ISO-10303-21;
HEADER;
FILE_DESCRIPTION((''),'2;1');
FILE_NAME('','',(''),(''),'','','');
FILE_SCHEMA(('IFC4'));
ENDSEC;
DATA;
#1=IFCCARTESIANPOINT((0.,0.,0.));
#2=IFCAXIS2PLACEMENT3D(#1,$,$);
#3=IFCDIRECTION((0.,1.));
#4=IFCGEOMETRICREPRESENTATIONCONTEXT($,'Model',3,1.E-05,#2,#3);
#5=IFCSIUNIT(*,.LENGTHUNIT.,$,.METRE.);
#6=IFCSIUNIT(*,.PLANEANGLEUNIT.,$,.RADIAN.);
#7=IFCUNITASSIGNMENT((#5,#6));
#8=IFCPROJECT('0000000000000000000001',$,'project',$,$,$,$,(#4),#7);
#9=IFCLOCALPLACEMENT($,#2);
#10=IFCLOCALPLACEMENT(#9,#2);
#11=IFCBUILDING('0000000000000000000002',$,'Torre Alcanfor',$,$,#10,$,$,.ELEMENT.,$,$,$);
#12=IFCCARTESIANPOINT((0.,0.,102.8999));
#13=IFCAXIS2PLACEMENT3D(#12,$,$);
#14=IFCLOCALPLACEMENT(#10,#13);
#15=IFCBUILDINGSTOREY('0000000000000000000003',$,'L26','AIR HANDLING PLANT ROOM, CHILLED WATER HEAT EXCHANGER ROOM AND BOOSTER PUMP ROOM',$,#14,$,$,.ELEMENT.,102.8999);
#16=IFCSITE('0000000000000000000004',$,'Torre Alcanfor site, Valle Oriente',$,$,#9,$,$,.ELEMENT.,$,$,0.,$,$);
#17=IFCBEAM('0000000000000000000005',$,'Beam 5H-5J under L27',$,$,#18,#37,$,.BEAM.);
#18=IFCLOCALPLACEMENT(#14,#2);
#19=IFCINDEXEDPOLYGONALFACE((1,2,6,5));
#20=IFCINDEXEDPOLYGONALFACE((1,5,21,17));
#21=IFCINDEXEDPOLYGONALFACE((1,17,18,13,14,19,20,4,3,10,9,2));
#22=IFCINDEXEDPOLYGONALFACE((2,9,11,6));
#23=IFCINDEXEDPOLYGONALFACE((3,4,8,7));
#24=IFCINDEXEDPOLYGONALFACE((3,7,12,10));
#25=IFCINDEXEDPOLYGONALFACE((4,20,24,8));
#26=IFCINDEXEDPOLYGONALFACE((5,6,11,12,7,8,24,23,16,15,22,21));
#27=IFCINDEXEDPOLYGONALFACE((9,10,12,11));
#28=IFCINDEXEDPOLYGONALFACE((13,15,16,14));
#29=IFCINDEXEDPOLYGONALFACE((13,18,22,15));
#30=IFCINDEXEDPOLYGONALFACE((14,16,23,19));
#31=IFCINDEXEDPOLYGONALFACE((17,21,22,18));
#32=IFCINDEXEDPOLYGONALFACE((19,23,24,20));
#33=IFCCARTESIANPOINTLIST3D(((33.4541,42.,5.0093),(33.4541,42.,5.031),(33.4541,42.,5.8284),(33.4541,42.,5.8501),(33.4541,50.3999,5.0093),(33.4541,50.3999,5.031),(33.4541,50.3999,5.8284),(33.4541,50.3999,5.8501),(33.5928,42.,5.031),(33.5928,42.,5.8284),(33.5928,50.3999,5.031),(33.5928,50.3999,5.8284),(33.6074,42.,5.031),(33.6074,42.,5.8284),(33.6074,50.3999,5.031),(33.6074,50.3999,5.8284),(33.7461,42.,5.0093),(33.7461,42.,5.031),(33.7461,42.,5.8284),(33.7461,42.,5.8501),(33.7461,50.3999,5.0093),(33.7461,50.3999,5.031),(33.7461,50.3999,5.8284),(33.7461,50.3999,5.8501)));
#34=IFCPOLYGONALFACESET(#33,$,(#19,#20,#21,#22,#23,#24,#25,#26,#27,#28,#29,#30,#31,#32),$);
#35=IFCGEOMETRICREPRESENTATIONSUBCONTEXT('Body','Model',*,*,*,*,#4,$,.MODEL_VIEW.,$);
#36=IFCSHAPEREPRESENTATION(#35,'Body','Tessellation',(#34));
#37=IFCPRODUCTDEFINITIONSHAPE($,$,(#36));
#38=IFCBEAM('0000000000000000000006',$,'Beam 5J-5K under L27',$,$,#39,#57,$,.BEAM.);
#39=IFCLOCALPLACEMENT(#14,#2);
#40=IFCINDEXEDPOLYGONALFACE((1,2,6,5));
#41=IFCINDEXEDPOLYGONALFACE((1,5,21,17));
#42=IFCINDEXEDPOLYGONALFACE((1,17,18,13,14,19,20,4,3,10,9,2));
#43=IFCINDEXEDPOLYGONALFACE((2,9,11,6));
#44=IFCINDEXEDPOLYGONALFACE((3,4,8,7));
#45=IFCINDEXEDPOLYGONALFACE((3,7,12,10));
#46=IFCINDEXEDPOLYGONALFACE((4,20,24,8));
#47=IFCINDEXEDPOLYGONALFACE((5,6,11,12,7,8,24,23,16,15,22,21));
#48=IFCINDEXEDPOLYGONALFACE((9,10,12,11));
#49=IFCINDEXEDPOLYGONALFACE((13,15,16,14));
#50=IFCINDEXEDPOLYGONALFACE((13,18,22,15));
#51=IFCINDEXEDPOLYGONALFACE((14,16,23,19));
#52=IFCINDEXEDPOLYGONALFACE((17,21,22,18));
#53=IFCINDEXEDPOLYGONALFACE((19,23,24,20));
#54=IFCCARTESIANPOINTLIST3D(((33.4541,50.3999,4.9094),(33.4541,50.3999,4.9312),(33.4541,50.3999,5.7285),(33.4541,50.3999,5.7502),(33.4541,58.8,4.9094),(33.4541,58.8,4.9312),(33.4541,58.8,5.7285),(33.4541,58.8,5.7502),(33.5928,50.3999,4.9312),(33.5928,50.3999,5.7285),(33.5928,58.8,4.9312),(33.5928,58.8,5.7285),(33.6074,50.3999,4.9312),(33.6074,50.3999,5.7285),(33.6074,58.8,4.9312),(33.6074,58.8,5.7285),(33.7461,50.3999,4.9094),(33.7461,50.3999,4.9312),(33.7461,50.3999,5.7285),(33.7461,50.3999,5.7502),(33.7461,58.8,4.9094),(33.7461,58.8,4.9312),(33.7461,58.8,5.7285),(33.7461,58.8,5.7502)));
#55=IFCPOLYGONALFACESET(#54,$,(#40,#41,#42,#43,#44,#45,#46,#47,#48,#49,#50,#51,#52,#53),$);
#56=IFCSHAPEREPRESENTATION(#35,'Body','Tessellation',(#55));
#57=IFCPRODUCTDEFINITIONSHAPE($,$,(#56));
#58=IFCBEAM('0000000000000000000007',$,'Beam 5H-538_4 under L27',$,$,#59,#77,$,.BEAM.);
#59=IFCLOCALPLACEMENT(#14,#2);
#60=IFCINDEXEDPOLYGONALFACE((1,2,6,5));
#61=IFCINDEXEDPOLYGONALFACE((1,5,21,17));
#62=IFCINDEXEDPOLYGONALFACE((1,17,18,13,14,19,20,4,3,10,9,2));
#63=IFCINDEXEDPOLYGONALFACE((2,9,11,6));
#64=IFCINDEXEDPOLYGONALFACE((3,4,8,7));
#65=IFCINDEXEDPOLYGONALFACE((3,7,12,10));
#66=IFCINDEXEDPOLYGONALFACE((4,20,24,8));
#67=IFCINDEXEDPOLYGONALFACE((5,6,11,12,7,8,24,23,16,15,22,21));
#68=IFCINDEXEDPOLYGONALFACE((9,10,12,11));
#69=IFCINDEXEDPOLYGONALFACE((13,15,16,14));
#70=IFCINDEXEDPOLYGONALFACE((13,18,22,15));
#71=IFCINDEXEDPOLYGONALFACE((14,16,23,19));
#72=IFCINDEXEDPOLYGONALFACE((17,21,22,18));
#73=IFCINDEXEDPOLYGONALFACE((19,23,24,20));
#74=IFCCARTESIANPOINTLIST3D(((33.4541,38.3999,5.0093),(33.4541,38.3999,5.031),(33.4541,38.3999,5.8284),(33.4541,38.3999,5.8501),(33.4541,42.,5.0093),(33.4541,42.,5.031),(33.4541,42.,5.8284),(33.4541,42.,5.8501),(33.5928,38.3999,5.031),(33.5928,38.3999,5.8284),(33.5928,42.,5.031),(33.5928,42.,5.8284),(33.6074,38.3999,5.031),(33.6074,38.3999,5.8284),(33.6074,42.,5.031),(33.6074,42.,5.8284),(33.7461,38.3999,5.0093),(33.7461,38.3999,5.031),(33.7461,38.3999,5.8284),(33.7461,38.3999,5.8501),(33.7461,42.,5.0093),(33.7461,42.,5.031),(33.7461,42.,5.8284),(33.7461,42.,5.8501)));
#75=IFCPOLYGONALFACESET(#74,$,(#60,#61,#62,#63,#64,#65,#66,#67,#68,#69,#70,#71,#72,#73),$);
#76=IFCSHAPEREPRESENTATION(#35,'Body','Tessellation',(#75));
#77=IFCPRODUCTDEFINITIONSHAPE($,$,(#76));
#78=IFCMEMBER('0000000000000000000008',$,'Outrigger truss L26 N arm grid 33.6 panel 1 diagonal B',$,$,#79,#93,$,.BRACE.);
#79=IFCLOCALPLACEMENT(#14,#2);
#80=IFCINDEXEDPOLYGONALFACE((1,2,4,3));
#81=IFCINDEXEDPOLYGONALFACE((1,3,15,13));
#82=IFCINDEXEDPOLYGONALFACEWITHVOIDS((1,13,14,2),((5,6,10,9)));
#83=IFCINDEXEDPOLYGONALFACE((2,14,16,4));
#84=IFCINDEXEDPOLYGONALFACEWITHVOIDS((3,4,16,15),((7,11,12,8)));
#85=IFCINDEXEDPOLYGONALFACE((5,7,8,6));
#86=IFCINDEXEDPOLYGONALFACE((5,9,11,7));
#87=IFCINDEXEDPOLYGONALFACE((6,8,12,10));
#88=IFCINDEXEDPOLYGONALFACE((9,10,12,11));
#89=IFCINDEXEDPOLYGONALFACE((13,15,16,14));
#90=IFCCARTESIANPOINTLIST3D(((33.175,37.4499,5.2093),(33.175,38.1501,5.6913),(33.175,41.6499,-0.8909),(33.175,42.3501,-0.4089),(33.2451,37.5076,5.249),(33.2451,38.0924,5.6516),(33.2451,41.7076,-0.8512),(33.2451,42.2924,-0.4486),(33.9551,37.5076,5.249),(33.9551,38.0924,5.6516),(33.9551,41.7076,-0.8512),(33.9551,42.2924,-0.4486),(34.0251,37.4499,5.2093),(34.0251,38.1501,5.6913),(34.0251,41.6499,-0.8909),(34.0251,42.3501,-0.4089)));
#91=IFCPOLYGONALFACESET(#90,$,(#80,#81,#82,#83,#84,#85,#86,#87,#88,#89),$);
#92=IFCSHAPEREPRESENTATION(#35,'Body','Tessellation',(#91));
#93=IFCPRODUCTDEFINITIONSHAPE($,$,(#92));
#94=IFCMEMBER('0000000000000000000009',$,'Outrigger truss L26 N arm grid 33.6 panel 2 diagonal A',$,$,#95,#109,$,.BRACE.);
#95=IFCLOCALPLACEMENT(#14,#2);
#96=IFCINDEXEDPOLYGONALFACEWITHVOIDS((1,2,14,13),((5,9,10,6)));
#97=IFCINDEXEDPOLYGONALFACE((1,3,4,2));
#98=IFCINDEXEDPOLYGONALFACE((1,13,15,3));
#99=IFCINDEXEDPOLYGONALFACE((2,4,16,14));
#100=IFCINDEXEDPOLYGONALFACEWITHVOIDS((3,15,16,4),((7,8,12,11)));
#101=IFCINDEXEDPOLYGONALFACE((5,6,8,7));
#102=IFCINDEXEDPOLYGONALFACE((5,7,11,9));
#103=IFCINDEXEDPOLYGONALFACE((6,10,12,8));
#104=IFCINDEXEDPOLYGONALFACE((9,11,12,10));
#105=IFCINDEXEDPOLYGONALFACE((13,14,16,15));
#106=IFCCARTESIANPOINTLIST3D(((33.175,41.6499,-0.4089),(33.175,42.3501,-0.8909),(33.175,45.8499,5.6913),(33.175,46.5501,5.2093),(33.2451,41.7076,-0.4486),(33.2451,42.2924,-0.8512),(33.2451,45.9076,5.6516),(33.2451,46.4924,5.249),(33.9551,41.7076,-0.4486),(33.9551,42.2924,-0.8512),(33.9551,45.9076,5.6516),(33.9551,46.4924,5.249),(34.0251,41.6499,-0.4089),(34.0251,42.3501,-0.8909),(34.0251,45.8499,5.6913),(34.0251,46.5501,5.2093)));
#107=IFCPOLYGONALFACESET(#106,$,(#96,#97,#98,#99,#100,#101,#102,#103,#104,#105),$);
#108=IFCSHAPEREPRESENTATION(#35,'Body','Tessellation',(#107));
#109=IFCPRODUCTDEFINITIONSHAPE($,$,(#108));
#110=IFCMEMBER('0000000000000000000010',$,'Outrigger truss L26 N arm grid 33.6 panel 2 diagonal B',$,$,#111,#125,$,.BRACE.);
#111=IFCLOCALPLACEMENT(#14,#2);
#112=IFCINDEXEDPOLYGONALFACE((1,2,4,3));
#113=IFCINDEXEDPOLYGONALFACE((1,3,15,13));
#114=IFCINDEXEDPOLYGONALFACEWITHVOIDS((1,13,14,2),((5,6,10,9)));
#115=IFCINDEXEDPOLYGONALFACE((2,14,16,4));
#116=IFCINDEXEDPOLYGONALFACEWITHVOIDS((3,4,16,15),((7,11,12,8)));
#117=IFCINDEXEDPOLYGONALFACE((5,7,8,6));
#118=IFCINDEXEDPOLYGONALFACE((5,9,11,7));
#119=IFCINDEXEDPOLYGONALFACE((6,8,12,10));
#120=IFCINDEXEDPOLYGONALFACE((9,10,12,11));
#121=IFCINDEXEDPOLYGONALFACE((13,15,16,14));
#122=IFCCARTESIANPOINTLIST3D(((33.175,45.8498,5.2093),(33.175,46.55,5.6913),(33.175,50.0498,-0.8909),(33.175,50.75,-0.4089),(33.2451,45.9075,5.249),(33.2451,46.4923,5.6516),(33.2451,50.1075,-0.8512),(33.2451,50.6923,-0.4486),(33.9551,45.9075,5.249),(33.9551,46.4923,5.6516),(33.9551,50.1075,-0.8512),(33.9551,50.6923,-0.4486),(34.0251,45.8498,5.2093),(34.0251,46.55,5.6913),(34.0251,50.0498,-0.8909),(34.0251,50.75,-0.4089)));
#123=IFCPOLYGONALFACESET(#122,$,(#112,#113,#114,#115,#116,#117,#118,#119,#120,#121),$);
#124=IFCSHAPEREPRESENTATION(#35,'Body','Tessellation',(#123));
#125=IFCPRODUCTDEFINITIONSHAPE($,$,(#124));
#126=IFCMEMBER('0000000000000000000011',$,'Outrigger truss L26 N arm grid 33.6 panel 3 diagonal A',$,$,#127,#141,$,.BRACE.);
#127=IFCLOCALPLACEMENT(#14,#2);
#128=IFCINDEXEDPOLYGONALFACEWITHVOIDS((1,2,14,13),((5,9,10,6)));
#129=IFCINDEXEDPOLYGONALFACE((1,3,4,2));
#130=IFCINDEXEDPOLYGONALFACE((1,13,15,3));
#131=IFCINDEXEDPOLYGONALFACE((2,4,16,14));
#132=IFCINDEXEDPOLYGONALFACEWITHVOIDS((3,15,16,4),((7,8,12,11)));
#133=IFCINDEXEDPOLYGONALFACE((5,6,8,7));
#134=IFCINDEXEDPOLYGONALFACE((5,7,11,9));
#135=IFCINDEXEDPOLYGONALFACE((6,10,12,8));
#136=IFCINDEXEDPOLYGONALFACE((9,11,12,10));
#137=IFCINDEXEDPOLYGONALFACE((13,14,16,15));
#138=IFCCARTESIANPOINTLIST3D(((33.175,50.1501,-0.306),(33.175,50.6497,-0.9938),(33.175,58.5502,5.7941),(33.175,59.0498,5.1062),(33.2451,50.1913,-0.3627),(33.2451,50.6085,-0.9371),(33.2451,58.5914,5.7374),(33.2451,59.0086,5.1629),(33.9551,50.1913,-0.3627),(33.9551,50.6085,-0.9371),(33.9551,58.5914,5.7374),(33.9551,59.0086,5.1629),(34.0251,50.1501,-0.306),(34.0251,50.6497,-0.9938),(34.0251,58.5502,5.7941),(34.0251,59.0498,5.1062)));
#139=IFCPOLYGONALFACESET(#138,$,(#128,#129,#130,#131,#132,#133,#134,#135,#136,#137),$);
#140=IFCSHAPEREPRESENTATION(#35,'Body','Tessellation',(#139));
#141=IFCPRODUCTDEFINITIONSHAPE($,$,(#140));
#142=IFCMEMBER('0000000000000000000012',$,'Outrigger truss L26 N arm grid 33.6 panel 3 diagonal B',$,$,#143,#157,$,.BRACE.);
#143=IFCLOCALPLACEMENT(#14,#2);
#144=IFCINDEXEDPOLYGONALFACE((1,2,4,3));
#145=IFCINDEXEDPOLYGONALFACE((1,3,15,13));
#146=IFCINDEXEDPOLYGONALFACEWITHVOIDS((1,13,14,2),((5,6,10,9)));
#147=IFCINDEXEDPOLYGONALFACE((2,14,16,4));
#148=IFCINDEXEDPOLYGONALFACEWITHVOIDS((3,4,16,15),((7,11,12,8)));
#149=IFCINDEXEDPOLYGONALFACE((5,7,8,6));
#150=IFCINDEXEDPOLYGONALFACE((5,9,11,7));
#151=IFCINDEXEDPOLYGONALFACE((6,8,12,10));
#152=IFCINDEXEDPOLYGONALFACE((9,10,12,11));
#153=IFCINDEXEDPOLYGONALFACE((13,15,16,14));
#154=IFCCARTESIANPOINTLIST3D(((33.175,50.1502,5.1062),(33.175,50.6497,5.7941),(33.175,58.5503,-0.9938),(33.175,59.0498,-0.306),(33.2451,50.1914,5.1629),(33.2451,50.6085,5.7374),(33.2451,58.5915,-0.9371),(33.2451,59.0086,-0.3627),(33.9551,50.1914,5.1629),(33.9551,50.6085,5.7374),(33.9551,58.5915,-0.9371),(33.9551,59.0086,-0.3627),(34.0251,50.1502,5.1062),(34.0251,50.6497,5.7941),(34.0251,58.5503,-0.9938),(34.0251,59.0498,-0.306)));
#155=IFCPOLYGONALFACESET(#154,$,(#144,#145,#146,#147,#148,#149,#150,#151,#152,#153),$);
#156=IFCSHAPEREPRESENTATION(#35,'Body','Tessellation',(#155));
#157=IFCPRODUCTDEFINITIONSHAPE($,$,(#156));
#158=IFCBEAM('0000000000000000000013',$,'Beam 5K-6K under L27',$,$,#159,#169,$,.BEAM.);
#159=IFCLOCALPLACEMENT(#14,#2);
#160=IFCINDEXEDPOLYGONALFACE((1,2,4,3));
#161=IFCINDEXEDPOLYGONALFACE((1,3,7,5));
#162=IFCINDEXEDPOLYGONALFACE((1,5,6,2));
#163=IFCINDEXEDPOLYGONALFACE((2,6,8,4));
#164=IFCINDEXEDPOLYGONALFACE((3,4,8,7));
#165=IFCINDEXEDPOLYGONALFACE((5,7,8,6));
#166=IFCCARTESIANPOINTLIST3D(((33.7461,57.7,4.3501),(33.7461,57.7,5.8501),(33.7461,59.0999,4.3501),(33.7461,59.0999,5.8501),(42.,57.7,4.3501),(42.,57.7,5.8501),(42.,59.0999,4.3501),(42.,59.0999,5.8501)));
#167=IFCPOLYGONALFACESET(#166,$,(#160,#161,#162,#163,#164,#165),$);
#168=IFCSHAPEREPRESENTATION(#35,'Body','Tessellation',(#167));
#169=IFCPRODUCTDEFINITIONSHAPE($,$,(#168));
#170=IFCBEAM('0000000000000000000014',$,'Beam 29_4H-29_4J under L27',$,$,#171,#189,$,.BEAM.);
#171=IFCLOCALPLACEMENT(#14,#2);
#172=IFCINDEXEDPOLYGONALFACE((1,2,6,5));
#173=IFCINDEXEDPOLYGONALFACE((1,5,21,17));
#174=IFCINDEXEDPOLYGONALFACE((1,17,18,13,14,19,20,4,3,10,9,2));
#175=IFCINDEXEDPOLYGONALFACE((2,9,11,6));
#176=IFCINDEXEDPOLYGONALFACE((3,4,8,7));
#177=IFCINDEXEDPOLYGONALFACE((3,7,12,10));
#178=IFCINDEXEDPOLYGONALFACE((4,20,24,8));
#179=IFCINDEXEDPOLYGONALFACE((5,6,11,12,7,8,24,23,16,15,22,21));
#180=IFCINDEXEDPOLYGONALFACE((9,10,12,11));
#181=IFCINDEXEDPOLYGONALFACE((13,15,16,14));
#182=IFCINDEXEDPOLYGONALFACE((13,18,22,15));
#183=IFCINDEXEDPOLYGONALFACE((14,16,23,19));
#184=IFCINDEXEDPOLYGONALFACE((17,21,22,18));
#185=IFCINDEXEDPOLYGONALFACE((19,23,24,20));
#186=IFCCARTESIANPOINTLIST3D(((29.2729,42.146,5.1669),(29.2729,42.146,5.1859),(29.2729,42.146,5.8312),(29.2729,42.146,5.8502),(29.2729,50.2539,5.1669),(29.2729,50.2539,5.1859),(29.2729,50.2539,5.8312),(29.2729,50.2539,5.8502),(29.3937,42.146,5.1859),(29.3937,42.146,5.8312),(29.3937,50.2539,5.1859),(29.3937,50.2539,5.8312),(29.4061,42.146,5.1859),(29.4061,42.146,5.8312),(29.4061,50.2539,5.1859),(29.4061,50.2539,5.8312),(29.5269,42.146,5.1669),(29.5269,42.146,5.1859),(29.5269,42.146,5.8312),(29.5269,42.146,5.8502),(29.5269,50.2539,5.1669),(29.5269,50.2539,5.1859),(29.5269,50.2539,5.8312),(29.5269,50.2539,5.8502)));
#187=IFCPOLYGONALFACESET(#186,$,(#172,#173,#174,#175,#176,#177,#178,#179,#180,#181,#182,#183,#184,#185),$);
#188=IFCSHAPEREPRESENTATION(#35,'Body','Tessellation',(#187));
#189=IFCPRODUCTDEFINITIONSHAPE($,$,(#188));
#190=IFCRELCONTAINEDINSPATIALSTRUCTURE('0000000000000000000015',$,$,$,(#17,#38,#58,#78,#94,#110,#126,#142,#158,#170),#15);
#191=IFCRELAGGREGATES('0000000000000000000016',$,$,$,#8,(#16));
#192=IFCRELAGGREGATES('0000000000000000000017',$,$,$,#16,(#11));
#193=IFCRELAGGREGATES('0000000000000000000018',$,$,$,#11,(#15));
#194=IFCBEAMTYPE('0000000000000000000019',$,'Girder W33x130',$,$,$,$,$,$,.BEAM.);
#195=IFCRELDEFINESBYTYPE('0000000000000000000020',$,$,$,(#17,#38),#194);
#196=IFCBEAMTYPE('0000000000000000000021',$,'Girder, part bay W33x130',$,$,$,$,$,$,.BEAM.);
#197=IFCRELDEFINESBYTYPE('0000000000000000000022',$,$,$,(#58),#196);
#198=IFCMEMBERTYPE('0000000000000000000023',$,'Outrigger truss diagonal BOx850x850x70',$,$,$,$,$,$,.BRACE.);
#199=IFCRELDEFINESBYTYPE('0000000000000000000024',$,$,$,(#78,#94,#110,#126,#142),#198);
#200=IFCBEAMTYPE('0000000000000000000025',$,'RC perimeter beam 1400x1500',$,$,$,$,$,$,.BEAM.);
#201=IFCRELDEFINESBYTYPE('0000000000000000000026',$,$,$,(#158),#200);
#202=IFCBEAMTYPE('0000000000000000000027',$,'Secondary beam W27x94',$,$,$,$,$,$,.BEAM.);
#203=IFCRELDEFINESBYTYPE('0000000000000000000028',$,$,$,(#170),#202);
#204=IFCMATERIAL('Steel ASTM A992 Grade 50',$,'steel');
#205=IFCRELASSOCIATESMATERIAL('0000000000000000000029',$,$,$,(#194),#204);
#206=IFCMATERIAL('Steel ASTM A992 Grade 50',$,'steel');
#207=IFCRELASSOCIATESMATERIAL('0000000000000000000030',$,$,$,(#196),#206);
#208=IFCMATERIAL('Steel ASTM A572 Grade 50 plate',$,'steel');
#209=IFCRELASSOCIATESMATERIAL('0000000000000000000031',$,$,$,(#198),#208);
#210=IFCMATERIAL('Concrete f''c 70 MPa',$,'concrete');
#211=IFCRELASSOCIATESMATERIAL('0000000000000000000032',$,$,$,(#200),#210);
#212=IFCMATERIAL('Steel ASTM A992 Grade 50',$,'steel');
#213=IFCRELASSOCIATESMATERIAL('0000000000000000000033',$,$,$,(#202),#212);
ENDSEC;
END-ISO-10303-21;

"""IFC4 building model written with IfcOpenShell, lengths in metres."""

from ifc_helpers import new_model, si_unit, direction, frame, origin, origin_2d, place, context, subcontext, project, spatial, rectangle, hollow_rectangle, i_section, extrude, material, material_profile, profile_set, type_object, element, save


model = new_model("IFC4")

# Units and contexts
model_context = context("Model", 3, precision=1e-05, world=origin(), true_north=direction((0.0, 1.0)))
body_context = subcontext(model_context, "Body", "Model", "MODEL_VIEW")
ifc_project = project(units=[si_unit("LENGTHUNIT", "METRE"), si_unit("PLANEANGLEUNIT", "RADIAN")], contexts=[model_context])

# Site, building, storey
site_placement = place(None, origin())
site = spatial("IfcSite", under=ifc_project, at=site_placement, Name="Torre Alcanfor site, Valle Oriente", CompositionType="ELEMENT", RefElevation=0.0)
building_placement = place(site_placement, origin())
building = spatial("IfcBuilding", under=site, at=building_placement, Name="Torre Alcanfor", CompositionType="ELEMENT")
storey_placement = place(building_placement, frame((0.0, 0.0, 102.8999)))
storey = spatial("IfcBuildingStorey", under=building, at=storey_placement, Name="L26", Description="AIR HANDLING PLANT ROOM, CHILLED WATER HEAT EXCHANGER ROOM AND BOOSTER PUMP ROOM", CompositionType="ELEMENT", Elevation=102.8999)

# Beams
ifc_material_1 = material(Name="Steel ASTM A992 Grade 50", Category="steel")
ifc_material_profile_1 = material_profile(ifc_material_1, i_section(OverallWidth=0.292, OverallDepth=0.8408, WebThickness=0.0146, FlangeThickness=0.0217, at=origin_2d()), Name="W33x130")
ifc_profile_set_1 = profile_set([ifc_material_profile_1], Name="Steel ASTM A992 Grade 50")
beam_type_1 = type_object("IfcBeamType", Name="Girder W33x130", PredefinedType="BEAM", material=ifc_profile_set_1)
for number, where, z_axis, x_axis, name in (
    (1, (33.6001, 42.0, 5.4297), (0.0, 1.0, 0.0), (-1.0, 0.0, 0.0), "Beam 5H-5J under L27"),
):
    element("IfcBeam", number, at=place(storey_placement, frame(where, z_axis=z_axis, x_axis=x_axis)), inside=storey, type_object=beam_type_1, Name=name, PredefinedType="BEAM", context=body_context, shape_type="SweptSolid", body=[
        extrude(i_section(OverallWidth=0.292, OverallDepth=0.8408, WebThickness=0.0146, FlangeThickness=0.0217, at=origin_2d()), origin(), (0.0, 0.0, 1.0), 8.3999),
    ])
beam_1_placement = place(storey_placement, frame((33.6001, 50.3999, 5.3298), z_axis=(0.0, 1.0, 0.0), x_axis=(-1.0, 0.0, 0.0)))
element("IfcBeam", 2, at=beam_1_placement, inside=storey, type_object=beam_type_1, Name="Beam 5J-5K under L27", PredefinedType="BEAM", context=body_context, shape_type="SweptSolid", body=[
    extrude(i_section(OverallWidth=0.292, OverallDepth=0.8408, WebThickness=0.0146, FlangeThickness=0.0217, at=origin_2d()), origin(), (0.0, 0.0, 1.0), 8.4001),
])
ifc_material_2 = material(Name="Steel ASTM A992 Grade 50", Category="steel")
ifc_material_profile_2 = material_profile(ifc_material_2, i_section(OverallWidth=0.292, OverallDepth=0.8408, WebThickness=0.0146, FlangeThickness=0.0217, at=origin_2d()), Name="W33x130")
ifc_profile_set_2 = profile_set([ifc_material_profile_2], Name="Steel ASTM A992 Grade 50")
beam_type_2 = type_object("IfcBeamType", Name="Girder, part bay W33x130", PredefinedType="BEAM", material=ifc_profile_set_2)
beam_2_placement = place(storey_placement, frame((33.6001, 42.0, 5.4297), z_axis=(0.0, -1.0, 0.0), x_axis=(1.0, 0.0, 0.0)))
element("IfcBeam", 3, at=beam_2_placement, inside=storey, type_object=beam_type_2, Name="Beam 5H-538_4 under L27", PredefinedType="BEAM", context=body_context, shape_type="SweptSolid", body=[
    extrude(i_section(OverallWidth=0.292, OverallDepth=0.8408, WebThickness=0.0146, FlangeThickness=0.0217, at=origin_2d()), origin(), (0.0, 0.0, 1.0), 3.6001),
])

# Members
ifc_material_3 = material(Name="Steel ASTM A572 Grade 50 plate", Category="steel")
ifc_material_profile_3 = material_profile(ifc_material_3, hollow_rectangle(XDim=0.8501, YDim=0.8501, WallThickness=0.0701, at=origin_2d()), Name="BOX 850x850x70")
ifc_profile_set_3 = profile_set([ifc_material_profile_3], Name="Steel ASTM A572 Grade 50 plate")
member_type_1 = type_object("IfcMemberType", Name="Outrigger truss diagonal BOx850x850x70", PredefinedType="BRACE", material=ifc_profile_set_3)
for number, where, z_axis, x_axis, name in (
    (4, (33.6001, 42.0, -0.6499), (0.0, -0.567091, 0.823655), (1.0, 0.0, 0.0), "Outrigger truss L26 N arm grid 33.6 panel 1 diagonal B"),
    (5, (33.6001, 42.0, -0.6499), (0.0, 0.567091, 0.823655), (-1.0, 0.0, 0.0), "Outrigger truss L26 N arm grid 33.6 panel 2 diagonal A"),
    (6, (33.6001, 50.3999, -0.6499), (0.0, -0.567091, 0.823655), (1.0, 0.0, 0.0), "Outrigger truss L26 N arm grid 33.6 panel 2 diagonal B"),
):
    element("IfcMember", number, at=place(storey_placement, frame(where, z_axis=z_axis, x_axis=x_axis)), inside=storey, type_object=member_type_1, Name=name, PredefinedType="BRACE", context=body_context, shape_type="SweptSolid", body=[
        extrude(hollow_rectangle(XDim=0.8501, YDim=0.8501, WallThickness=0.0701, at=origin_2d()), origin(), (0.0, 0.0, 1.0), 7.4062),
    ])
for number, where, z_axis, x_axis, name in (
    (7, (33.6001, 50.3999, -0.6499), (0.0, 0.809153, 0.587598), (-1.0, 0.0, 0.0), "Outrigger truss L26 N arm grid 33.6 panel 3 diagonal A"),
    (8, (33.6001, 58.8, -0.6499), (0.0, -0.809153, 0.587598), (1.0, 0.0, 0.0), "Outrigger truss L26 N arm grid 33.6 panel 3 diagonal B"),
):
    element("IfcMember", number, at=place(storey_placement, frame(where, z_axis=z_axis, x_axis=x_axis)), inside=storey, type_object=member_type_1, Name=name, PredefinedType="BRACE", context=body_context, shape_type="SweptSolid", body=[
        extrude(hollow_rectangle(XDim=0.8501, YDim=0.8501, WallThickness=0.0701, at=origin_2d()), origin(), (0.0, 0.0, 1.0), 10.3813),
    ])

# Beams
ifc_material_4 = material(Name="Concrete f'c 70 MPa", Category="concrete")
ifc_material_profile_4 = material_profile(ifc_material_4, rectangle(XDim=1.3999, YDim=1.5, at=origin_2d()), Name="1400x1500")
ifc_profile_set_4 = profile_set([ifc_material_profile_4], Name="Concrete f'c 70 MPa")
beam_type_3 = type_object("IfcBeamType", Name="RC perimeter beam 1400x1500", PredefinedType="BEAM", material=ifc_profile_set_4)
beam_3_placement = place(storey_placement, frame((33.7461, 58.3999, 5.1001), z_axis=(1.0, 0.0, 0.0), x_axis=(0.0, 1.0, 0.0)))
element("IfcBeam", 9, at=beam_3_placement, inside=storey, type_object=beam_type_3, Name="Beam 5K-6K under L27", PredefinedType="BEAM", context=body_context, shape_type="SweptSolid", body=[
    extrude(rectangle(XDim=1.3999, YDim=1.5, at=origin_2d()), origin(), (0.0, 0.0, 1.0), 8.2539),
])
ifc_material_5 = material(Name="Steel ASTM A992 Grade 50", Category="steel")
ifc_material_profile_5 = material_profile(ifc_material_5, i_section(OverallWidth=0.2539, OverallDepth=0.6833, WebThickness=0.0125, FlangeThickness=0.019, at=origin_2d()), Name="W27x94")
ifc_profile_set_5 = profile_set([ifc_material_profile_5], Name="Steel ASTM A992 Grade 50")
beam_type_4 = type_object("IfcBeamType", Name="Secondary beam W27x94", PredefinedType="BEAM", material=ifc_profile_set_5)
beam_4_placement = place(storey_placement, frame((29.3999, 42.146, 5.5085), z_axis=(0.0, 1.0, 0.0), x_axis=(-1.0, 0.0, 0.0)))
element("IfcBeam", 10, at=beam_4_placement, inside=storey, type_object=beam_type_4, Name="Beam 29_4H-29_4J under L27", PredefinedType="BEAM", context=body_context, shape_type="SweptSolid", body=[
    extrude(i_section(OverallWidth=0.2539, OverallDepth=0.6833, WebThickness=0.0125, FlangeThickness=0.019, at=origin_2d()), origin(), (0.0, 0.0, 1.0), 8.1079),
])

save(model, "model.ifc")
